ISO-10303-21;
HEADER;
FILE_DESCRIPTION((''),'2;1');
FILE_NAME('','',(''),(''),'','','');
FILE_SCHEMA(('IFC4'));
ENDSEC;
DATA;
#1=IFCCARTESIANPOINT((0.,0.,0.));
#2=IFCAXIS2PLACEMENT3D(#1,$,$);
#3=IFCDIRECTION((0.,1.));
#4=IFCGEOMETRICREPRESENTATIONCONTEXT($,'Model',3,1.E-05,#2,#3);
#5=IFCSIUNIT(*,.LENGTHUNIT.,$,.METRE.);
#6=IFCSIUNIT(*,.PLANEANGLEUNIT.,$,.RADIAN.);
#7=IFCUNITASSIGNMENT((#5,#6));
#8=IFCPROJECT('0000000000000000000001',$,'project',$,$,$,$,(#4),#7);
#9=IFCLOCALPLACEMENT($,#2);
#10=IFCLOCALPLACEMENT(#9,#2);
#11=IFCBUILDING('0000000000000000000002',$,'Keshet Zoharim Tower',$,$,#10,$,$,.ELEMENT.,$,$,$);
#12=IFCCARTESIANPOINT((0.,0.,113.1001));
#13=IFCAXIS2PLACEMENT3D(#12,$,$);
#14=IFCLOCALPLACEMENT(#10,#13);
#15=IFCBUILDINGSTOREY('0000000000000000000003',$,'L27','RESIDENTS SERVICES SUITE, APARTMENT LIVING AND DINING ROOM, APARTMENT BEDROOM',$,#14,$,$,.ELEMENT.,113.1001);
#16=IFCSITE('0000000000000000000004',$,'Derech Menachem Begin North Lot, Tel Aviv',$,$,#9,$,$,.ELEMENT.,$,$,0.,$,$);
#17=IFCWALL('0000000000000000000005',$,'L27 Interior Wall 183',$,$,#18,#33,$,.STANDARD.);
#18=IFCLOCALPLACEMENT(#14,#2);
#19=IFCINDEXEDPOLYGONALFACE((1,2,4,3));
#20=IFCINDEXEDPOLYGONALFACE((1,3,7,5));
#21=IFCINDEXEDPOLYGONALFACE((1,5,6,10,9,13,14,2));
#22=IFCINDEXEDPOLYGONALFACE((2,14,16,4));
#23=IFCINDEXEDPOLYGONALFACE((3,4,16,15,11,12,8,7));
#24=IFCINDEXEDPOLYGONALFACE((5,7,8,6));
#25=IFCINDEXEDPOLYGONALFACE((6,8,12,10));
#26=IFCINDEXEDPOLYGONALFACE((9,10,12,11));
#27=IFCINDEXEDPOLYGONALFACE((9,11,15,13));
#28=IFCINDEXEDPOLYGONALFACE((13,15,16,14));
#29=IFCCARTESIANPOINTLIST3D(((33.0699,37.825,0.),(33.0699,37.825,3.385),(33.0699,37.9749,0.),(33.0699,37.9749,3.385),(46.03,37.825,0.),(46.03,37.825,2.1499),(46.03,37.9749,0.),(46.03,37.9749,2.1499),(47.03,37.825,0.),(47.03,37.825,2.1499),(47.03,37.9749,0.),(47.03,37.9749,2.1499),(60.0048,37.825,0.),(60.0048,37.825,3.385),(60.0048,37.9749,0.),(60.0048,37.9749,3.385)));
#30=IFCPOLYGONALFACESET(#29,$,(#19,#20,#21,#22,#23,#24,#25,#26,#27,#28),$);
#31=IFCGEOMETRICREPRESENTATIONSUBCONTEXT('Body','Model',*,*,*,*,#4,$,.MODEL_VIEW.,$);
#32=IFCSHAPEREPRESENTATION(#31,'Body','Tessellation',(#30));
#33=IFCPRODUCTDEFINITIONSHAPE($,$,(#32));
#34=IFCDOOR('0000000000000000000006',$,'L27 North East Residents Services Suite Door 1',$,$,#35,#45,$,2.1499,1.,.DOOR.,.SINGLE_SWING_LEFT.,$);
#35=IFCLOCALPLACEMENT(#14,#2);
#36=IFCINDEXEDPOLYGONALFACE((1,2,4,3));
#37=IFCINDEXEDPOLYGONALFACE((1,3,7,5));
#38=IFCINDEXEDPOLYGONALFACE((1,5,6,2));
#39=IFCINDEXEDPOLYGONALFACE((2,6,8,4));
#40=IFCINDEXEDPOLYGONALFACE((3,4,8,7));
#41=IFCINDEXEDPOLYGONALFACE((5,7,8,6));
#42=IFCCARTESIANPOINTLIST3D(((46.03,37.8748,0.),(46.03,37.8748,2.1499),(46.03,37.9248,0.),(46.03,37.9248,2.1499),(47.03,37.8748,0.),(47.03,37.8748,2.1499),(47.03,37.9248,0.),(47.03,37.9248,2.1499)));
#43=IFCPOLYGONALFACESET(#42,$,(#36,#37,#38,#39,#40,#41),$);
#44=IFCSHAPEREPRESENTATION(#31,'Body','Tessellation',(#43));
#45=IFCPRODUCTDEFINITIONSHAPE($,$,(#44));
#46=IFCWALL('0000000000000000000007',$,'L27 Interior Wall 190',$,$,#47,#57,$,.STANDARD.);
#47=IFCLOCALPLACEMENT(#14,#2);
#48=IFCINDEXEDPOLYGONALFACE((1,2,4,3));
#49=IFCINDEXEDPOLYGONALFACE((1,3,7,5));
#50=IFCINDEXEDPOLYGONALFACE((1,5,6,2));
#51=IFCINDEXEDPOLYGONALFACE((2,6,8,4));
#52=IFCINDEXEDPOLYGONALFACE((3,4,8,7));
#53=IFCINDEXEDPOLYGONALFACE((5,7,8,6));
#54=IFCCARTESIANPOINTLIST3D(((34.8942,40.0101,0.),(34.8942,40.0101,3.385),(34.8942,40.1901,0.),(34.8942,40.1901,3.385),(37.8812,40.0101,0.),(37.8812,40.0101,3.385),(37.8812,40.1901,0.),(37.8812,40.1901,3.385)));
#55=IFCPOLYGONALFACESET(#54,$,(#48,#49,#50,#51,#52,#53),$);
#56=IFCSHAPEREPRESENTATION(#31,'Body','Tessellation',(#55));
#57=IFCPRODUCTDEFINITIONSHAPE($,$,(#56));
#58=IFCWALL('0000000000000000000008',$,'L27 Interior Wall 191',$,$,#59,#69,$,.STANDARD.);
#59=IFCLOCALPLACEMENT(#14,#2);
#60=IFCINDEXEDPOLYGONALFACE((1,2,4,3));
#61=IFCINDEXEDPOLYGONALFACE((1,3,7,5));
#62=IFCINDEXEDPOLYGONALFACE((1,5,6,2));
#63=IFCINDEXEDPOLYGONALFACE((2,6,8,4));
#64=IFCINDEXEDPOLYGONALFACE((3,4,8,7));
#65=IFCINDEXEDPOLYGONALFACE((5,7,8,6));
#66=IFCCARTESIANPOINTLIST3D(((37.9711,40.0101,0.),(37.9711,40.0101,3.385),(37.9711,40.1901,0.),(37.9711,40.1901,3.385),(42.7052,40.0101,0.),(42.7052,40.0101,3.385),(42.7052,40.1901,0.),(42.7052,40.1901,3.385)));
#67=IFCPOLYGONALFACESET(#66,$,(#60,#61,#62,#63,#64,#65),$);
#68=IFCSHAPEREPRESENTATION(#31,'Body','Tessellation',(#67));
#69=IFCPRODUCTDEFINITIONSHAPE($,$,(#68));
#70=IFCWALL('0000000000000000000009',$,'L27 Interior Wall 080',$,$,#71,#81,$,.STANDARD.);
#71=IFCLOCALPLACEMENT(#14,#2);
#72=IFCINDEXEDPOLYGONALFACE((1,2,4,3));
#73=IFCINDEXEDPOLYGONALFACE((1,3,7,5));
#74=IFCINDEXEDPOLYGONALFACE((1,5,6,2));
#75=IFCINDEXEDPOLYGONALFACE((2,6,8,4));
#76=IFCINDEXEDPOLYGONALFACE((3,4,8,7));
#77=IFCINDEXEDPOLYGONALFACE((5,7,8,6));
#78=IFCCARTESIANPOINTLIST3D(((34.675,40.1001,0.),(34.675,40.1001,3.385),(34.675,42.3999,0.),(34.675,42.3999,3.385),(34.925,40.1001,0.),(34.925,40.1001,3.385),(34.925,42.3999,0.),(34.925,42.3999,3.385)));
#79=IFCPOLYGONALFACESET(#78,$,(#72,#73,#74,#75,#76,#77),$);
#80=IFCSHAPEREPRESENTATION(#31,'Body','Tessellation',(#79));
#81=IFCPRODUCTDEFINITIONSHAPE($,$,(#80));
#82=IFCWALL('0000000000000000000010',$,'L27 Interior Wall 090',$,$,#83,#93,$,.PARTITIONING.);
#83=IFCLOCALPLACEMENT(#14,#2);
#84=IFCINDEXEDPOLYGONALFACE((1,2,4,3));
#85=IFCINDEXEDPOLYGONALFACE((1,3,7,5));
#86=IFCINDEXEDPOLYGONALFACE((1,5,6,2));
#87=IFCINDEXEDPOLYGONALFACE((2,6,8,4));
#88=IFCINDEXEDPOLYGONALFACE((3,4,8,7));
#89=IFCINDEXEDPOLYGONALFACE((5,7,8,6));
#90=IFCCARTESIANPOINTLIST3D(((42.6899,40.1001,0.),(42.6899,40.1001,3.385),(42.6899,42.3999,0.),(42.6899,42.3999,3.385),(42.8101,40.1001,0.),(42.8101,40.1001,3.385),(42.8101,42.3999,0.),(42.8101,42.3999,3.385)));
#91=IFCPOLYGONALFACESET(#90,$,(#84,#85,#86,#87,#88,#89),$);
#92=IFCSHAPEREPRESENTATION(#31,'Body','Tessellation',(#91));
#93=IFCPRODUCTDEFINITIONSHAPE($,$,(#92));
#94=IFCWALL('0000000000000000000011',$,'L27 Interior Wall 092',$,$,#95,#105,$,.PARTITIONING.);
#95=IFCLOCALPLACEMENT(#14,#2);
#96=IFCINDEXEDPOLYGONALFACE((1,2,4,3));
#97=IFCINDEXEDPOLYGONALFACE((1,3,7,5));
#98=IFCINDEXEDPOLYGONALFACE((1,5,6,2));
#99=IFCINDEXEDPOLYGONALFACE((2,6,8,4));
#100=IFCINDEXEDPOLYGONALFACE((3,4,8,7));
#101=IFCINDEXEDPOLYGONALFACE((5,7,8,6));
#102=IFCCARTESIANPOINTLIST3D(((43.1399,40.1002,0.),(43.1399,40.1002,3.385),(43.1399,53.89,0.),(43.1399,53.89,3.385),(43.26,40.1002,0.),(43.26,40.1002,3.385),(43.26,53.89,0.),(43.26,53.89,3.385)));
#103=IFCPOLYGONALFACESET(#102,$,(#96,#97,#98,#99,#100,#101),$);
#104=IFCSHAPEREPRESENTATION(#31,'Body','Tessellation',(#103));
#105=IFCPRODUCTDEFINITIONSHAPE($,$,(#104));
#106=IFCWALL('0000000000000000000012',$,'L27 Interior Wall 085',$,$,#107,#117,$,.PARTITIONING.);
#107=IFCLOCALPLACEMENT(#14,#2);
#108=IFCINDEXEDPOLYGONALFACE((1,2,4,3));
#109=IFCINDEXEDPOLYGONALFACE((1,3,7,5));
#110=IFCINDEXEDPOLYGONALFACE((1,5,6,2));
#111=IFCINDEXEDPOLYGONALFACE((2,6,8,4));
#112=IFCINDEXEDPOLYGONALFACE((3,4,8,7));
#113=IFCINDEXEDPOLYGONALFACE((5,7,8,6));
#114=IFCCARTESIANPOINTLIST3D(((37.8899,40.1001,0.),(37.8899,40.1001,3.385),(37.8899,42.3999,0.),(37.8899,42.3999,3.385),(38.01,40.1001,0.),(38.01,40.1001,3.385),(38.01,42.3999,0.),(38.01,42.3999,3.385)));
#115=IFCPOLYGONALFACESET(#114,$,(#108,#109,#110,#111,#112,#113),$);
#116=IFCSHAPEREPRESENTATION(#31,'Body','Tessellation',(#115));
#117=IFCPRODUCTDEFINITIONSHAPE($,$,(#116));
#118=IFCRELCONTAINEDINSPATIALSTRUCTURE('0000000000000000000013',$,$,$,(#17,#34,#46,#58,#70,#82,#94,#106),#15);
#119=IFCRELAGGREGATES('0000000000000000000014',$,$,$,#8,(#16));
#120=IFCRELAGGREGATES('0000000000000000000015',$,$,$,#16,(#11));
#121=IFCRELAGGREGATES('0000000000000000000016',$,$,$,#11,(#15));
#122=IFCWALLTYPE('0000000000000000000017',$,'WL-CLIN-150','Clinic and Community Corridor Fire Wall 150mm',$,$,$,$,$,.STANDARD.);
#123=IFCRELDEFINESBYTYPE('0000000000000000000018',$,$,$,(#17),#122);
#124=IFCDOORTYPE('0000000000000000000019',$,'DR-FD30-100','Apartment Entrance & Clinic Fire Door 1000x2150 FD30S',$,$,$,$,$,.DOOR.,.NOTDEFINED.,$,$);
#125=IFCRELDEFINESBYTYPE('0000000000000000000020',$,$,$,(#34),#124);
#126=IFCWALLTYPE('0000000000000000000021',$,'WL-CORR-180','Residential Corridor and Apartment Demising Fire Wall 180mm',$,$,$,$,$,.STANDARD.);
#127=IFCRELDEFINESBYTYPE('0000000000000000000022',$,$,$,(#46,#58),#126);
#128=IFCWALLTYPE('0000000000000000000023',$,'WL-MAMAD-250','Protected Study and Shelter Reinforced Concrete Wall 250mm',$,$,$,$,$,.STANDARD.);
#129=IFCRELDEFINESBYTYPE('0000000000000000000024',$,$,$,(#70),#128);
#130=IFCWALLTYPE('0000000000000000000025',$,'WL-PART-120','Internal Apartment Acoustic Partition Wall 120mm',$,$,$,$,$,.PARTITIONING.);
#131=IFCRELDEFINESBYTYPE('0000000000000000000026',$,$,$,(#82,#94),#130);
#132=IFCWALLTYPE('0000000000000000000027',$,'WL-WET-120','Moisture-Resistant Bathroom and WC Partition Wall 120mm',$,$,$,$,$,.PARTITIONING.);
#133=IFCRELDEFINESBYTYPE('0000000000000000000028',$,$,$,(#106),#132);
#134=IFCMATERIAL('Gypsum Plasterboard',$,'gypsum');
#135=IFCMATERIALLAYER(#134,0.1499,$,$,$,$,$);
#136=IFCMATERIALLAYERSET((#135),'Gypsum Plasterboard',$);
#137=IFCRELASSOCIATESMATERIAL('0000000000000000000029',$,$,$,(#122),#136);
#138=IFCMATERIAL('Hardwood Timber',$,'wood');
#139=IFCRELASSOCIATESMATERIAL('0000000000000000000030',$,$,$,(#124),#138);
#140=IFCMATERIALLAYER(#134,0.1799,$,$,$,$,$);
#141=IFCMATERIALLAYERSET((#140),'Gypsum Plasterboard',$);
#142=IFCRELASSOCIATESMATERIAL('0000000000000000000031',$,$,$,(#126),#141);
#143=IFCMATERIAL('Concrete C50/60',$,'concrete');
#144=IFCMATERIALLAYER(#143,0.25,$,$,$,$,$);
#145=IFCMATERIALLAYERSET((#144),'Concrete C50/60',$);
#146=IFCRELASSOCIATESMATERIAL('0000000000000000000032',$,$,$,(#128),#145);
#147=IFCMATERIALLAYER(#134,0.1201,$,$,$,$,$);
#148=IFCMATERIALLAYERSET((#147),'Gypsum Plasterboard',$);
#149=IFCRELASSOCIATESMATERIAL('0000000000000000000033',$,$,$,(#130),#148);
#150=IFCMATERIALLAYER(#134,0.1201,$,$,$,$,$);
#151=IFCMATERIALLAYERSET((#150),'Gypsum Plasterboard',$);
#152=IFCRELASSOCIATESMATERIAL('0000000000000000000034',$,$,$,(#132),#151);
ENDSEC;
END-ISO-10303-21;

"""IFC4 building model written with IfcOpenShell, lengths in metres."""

from ifc_helpers import new_model, si_unit, direction, frame, frame_2d, origin, place, context, subcontext, project, spatial, rectangle, extrude, material, layer, layer_set, type_object, element, fill, save


model = new_model("IFC4")

# Units and contexts
model_context = context("Model", 3, precision=1e-05, world=origin(), true_north=direction((0.0, 1.0)))
body_context = subcontext(model_context, "Body", "Model", "MODEL_VIEW")
ifc_project = project(units=[si_unit("LENGTHUNIT", "METRE"), si_unit("PLANEANGLEUNIT", "RADIAN")], contexts=[model_context])

# Site, building, storey
site_placement = place(None, origin())
site = spatial("IfcSite", under=ifc_project, at=site_placement, Name="Derech Menachem Begin North Lot, Tel Aviv", CompositionType="ELEMENT", RefElevation=0.0)
building_placement = place(site_placement, origin())
building = spatial("IfcBuilding", under=site, at=building_placement, Name="Keshet Zoharim Tower", CompositionType="ELEMENT")
storey_placement = place(building_placement, frame((0.0, 0.0, 113.1001)))
storey = spatial("IfcBuildingStorey", under=building, at=storey_placement, Name="L27", Description="RESIDENTS SERVICES SUITE, APARTMENT LIVING AND DINING ROOM, APARTMENT BEDROOM", CompositionType="ELEMENT", Elevation=113.1001)

# Shared definitions
ifc_material_1 = material(Name="Gypsum Plasterboard", Category="gypsum")
ifc_layer_1 = layer(ifc_material_1, 0.1499)
ifc_layer_set_1 = layer_set([ifc_layer_1], Name="Gypsum Plasterboard")
wall_type_1 = type_object("IfcWallType", Name="WL-CLIN-150", Description="Clinic and Community Corridor Fire Wall 150mm", PredefinedType="STANDARD", material=ifc_layer_set_1)

# Wall, opening, door
ifc_material_2 = material(Name="Hardwood Timber", Category="wood")
door_type = type_object("IfcDoorType", Name="DR-FD30-100", Description="Apartment Entrance & Clinic Fire Door 1000x2150 FD30S", OperationType="NOTDEFINED", PredefinedType="DOOR", material=ifc_material_2)
wall_1_placement = place(storey_placement, frame((33.0701, 37.8999, 0.0), z_axis=(0.0, 0.0, 1.0), x_axis=(1.0, 0.0, 0.0)))
wall_1 = element("IfcWall", 1, at=wall_1_placement, inside=storey, type_object=wall_type_1, Name="L27 Interior Wall 183", PredefinedType="STANDARD", context=body_context, shape_type="SweptSolid", body=[
    extrude(rectangle(XDim=26.9348, YDim=0.1499, at=frame_2d((13.4673, 0.0))), origin(), (0.0, 0.0, 1.0), 3.385),
])
opening_1_placement = place(wall_1_placement, frame((12.96, 0.0, 0.0)))
opening_1 = element("IfcOpeningElement", 2, at=opening_1_placement, cuts=wall_1, PredefinedType="OPENING", context=body_context, shape_type="SweptSolid", body=[
    extrude(rectangle(XDim=1.0, YDim=2.1499, at=frame_2d((0.5, 1.075))), frame((0.0, 0.085, 0.0), z_axis=(0.0, -1.0, 0.0), x_axis=(1.0, 0.0, 0.0)), (0.0, 0.0, 1.0), 0.1699),
])
door_1_placement = place(opening_1_placement, origin())
door_1 = element("IfcDoor", 3, at=door_1_placement, inside=storey, type_object=door_type, Name="L27 North East Residents Services Suite Door 1", OperationType="SINGLE_SWING_LEFT", OverallHeight=2.1499, OverallWidth=1.0, PredefinedType="DOOR", context=body_context, shape_type="SweptSolid", body=[
    extrude(rectangle(XDim=1.0, YDim=2.1499, at=frame_2d((0.5, 1.075))), frame((0.0, 0.0249, 0.0), z_axis=(0.0, -1.0, 0.0), x_axis=(1.0, 0.0, 0.0)), (0.0, 0.0, 1.0), 0.05),
])
fill(opening_1, door_1)

# Walls
ifc_layer_2 = layer(ifc_material_1, 0.1799)
ifc_layer_set_2 = layer_set([ifc_layer_2], Name="Gypsum Plasterboard")
wall_type_2 = type_object("IfcWallType", Name="WL-CORR-180", Description="Residential Corridor and Apartment Demising Fire Wall 180mm", PredefinedType="STANDARD", material=ifc_layer_set_2)
wall_2_placement = place(storey_placement, frame((34.894, 40.1001, 0.0), z_axis=(0.0, 0.0, 1.0), x_axis=(1.0, 0.0, 0.0)))
element("IfcWall", 4, at=wall_2_placement, inside=storey, type_object=wall_type_2, Name="L27 Interior Wall 190", PredefinedType="STANDARD", context=body_context, shape_type="SweptSolid", body=[
    extrude(rectangle(XDim=2.9871, YDim=0.1799, at=frame_2d((1.4937, 0.0))), origin(), (0.0, 0.0, 1.0), 3.385),
])
wall_3_placement = place(storey_placement, frame((37.9709, 40.1001, 0.0), z_axis=(0.0, 0.0, 1.0), x_axis=(1.0, 0.0, 0.0)))
element("IfcWall", 5, at=wall_3_placement, inside=storey, type_object=wall_type_2, Name="L27 Interior Wall 191", PredefinedType="STANDARD", context=body_context, shape_type="SweptSolid", body=[
    extrude(rectangle(XDim=4.7341, YDim=0.1799, at=frame_2d((2.3672, 0.0))), origin(), (0.0, 0.0, 1.0), 3.385),
])

# Walls
ifc_material_3 = material(Name="Concrete C50/60", Category="concrete")
ifc_layer_3 = layer(ifc_material_3, 0.25)
ifc_layer_set_3 = layer_set([ifc_layer_3], Name="Concrete C50/60")
wall_type_3 = type_object("IfcWallType", Name="WL-MAMAD-250", Description="Protected Study and Shelter Reinforced Concrete Wall 250mm", PredefinedType="STANDARD", material=ifc_layer_set_3)
wall_4_placement = place(storey_placement, frame((34.8, 40.1001, 0.0), z_axis=(0.0, 0.0, 1.0), x_axis=(0.0, 1.0, 0.0)))
element("IfcWall", 6, at=wall_4_placement, inside=storey, type_object=wall_type_3, Name="L27 Interior Wall 080", PredefinedType="STANDARD", context=body_context, shape_type="SweptSolid", body=[
    extrude(rectangle(XDim=2.2998, YDim=0.25, at=frame_2d((1.1499, 0.0))), origin(), (0.0, 0.0, 1.0), 3.385),
])
ifc_layer_4 = layer(ifc_material_1, 0.1201)
ifc_layer_set_4 = layer_set([ifc_layer_4], Name="Gypsum Plasterboard")
wall_type_4 = type_object("IfcWallType", Name="WL-PART-120", Description="Internal Apartment Acoustic Partition Wall 120mm", PredefinedType="PARTITIONING", material=ifc_layer_set_4)
wall_5_placement = place(storey_placement, frame((42.75, 40.1001, 0.0), z_axis=(0.0, 0.0, 1.0), x_axis=(0.0, 1.0, 0.0)))
element("IfcWall", 7, at=wall_5_placement, inside=storey, type_object=wall_type_4, Name="L27 Interior Wall 090", PredefinedType="PARTITIONING", context=body_context, shape_type="SweptSolid", body=[
    extrude(rectangle(XDim=2.2998, YDim=0.1201, at=frame_2d((1.1499, 0.0))), origin(), (0.0, 0.0, 1.0), 3.385),
])
wall_6_placement = place(storey_placement, frame((43.2, 40.1001, 0.0), z_axis=(0.0, 0.0, 1.0), x_axis=(0.0, 1.0, 0.0)))
element("IfcWall", 8, at=wall_6_placement, inside=storey, type_object=wall_type_4, Name="L27 Interior Wall 092", PredefinedType="PARTITIONING", context=body_context, shape_type="SweptSolid", body=[
    extrude(rectangle(XDim=13.7898, YDim=0.1201, at=frame_2d((6.895, 0.0))), origin(), (0.0, 0.0, 1.0), 3.385),
])
ifc_layer_5 = layer(ifc_material_1, 0.1201)
ifc_layer_set_5 = layer_set([ifc_layer_5], Name="Gypsum Plasterboard")
wall_type_5 = type_object("IfcWallType", Name="WL-WET-120", Description="Moisture-Resistant Bathroom and WC Partition Wall 120mm", PredefinedType="PARTITIONING", material=ifc_layer_set_5)
wall_7_placement = place(storey_placement, frame((37.95, 40.1001, 0.0), z_axis=(0.0, 0.0, 1.0), x_axis=(0.0, 1.0, 0.0)))
element("IfcWall", 9, at=wall_7_placement, inside=storey, type_object=wall_type_5, Name="L27 Interior Wall 085", PredefinedType="PARTITIONING", context=body_context, shape_type="SweptSolid", body=[
    extrude(rectangle(XDim=2.2998, YDim=0.1201, at=frame_2d((1.1499, 0.0))), origin(), (0.0, 0.0, 1.0), 3.385),
])

save(model, "model.ifc")
